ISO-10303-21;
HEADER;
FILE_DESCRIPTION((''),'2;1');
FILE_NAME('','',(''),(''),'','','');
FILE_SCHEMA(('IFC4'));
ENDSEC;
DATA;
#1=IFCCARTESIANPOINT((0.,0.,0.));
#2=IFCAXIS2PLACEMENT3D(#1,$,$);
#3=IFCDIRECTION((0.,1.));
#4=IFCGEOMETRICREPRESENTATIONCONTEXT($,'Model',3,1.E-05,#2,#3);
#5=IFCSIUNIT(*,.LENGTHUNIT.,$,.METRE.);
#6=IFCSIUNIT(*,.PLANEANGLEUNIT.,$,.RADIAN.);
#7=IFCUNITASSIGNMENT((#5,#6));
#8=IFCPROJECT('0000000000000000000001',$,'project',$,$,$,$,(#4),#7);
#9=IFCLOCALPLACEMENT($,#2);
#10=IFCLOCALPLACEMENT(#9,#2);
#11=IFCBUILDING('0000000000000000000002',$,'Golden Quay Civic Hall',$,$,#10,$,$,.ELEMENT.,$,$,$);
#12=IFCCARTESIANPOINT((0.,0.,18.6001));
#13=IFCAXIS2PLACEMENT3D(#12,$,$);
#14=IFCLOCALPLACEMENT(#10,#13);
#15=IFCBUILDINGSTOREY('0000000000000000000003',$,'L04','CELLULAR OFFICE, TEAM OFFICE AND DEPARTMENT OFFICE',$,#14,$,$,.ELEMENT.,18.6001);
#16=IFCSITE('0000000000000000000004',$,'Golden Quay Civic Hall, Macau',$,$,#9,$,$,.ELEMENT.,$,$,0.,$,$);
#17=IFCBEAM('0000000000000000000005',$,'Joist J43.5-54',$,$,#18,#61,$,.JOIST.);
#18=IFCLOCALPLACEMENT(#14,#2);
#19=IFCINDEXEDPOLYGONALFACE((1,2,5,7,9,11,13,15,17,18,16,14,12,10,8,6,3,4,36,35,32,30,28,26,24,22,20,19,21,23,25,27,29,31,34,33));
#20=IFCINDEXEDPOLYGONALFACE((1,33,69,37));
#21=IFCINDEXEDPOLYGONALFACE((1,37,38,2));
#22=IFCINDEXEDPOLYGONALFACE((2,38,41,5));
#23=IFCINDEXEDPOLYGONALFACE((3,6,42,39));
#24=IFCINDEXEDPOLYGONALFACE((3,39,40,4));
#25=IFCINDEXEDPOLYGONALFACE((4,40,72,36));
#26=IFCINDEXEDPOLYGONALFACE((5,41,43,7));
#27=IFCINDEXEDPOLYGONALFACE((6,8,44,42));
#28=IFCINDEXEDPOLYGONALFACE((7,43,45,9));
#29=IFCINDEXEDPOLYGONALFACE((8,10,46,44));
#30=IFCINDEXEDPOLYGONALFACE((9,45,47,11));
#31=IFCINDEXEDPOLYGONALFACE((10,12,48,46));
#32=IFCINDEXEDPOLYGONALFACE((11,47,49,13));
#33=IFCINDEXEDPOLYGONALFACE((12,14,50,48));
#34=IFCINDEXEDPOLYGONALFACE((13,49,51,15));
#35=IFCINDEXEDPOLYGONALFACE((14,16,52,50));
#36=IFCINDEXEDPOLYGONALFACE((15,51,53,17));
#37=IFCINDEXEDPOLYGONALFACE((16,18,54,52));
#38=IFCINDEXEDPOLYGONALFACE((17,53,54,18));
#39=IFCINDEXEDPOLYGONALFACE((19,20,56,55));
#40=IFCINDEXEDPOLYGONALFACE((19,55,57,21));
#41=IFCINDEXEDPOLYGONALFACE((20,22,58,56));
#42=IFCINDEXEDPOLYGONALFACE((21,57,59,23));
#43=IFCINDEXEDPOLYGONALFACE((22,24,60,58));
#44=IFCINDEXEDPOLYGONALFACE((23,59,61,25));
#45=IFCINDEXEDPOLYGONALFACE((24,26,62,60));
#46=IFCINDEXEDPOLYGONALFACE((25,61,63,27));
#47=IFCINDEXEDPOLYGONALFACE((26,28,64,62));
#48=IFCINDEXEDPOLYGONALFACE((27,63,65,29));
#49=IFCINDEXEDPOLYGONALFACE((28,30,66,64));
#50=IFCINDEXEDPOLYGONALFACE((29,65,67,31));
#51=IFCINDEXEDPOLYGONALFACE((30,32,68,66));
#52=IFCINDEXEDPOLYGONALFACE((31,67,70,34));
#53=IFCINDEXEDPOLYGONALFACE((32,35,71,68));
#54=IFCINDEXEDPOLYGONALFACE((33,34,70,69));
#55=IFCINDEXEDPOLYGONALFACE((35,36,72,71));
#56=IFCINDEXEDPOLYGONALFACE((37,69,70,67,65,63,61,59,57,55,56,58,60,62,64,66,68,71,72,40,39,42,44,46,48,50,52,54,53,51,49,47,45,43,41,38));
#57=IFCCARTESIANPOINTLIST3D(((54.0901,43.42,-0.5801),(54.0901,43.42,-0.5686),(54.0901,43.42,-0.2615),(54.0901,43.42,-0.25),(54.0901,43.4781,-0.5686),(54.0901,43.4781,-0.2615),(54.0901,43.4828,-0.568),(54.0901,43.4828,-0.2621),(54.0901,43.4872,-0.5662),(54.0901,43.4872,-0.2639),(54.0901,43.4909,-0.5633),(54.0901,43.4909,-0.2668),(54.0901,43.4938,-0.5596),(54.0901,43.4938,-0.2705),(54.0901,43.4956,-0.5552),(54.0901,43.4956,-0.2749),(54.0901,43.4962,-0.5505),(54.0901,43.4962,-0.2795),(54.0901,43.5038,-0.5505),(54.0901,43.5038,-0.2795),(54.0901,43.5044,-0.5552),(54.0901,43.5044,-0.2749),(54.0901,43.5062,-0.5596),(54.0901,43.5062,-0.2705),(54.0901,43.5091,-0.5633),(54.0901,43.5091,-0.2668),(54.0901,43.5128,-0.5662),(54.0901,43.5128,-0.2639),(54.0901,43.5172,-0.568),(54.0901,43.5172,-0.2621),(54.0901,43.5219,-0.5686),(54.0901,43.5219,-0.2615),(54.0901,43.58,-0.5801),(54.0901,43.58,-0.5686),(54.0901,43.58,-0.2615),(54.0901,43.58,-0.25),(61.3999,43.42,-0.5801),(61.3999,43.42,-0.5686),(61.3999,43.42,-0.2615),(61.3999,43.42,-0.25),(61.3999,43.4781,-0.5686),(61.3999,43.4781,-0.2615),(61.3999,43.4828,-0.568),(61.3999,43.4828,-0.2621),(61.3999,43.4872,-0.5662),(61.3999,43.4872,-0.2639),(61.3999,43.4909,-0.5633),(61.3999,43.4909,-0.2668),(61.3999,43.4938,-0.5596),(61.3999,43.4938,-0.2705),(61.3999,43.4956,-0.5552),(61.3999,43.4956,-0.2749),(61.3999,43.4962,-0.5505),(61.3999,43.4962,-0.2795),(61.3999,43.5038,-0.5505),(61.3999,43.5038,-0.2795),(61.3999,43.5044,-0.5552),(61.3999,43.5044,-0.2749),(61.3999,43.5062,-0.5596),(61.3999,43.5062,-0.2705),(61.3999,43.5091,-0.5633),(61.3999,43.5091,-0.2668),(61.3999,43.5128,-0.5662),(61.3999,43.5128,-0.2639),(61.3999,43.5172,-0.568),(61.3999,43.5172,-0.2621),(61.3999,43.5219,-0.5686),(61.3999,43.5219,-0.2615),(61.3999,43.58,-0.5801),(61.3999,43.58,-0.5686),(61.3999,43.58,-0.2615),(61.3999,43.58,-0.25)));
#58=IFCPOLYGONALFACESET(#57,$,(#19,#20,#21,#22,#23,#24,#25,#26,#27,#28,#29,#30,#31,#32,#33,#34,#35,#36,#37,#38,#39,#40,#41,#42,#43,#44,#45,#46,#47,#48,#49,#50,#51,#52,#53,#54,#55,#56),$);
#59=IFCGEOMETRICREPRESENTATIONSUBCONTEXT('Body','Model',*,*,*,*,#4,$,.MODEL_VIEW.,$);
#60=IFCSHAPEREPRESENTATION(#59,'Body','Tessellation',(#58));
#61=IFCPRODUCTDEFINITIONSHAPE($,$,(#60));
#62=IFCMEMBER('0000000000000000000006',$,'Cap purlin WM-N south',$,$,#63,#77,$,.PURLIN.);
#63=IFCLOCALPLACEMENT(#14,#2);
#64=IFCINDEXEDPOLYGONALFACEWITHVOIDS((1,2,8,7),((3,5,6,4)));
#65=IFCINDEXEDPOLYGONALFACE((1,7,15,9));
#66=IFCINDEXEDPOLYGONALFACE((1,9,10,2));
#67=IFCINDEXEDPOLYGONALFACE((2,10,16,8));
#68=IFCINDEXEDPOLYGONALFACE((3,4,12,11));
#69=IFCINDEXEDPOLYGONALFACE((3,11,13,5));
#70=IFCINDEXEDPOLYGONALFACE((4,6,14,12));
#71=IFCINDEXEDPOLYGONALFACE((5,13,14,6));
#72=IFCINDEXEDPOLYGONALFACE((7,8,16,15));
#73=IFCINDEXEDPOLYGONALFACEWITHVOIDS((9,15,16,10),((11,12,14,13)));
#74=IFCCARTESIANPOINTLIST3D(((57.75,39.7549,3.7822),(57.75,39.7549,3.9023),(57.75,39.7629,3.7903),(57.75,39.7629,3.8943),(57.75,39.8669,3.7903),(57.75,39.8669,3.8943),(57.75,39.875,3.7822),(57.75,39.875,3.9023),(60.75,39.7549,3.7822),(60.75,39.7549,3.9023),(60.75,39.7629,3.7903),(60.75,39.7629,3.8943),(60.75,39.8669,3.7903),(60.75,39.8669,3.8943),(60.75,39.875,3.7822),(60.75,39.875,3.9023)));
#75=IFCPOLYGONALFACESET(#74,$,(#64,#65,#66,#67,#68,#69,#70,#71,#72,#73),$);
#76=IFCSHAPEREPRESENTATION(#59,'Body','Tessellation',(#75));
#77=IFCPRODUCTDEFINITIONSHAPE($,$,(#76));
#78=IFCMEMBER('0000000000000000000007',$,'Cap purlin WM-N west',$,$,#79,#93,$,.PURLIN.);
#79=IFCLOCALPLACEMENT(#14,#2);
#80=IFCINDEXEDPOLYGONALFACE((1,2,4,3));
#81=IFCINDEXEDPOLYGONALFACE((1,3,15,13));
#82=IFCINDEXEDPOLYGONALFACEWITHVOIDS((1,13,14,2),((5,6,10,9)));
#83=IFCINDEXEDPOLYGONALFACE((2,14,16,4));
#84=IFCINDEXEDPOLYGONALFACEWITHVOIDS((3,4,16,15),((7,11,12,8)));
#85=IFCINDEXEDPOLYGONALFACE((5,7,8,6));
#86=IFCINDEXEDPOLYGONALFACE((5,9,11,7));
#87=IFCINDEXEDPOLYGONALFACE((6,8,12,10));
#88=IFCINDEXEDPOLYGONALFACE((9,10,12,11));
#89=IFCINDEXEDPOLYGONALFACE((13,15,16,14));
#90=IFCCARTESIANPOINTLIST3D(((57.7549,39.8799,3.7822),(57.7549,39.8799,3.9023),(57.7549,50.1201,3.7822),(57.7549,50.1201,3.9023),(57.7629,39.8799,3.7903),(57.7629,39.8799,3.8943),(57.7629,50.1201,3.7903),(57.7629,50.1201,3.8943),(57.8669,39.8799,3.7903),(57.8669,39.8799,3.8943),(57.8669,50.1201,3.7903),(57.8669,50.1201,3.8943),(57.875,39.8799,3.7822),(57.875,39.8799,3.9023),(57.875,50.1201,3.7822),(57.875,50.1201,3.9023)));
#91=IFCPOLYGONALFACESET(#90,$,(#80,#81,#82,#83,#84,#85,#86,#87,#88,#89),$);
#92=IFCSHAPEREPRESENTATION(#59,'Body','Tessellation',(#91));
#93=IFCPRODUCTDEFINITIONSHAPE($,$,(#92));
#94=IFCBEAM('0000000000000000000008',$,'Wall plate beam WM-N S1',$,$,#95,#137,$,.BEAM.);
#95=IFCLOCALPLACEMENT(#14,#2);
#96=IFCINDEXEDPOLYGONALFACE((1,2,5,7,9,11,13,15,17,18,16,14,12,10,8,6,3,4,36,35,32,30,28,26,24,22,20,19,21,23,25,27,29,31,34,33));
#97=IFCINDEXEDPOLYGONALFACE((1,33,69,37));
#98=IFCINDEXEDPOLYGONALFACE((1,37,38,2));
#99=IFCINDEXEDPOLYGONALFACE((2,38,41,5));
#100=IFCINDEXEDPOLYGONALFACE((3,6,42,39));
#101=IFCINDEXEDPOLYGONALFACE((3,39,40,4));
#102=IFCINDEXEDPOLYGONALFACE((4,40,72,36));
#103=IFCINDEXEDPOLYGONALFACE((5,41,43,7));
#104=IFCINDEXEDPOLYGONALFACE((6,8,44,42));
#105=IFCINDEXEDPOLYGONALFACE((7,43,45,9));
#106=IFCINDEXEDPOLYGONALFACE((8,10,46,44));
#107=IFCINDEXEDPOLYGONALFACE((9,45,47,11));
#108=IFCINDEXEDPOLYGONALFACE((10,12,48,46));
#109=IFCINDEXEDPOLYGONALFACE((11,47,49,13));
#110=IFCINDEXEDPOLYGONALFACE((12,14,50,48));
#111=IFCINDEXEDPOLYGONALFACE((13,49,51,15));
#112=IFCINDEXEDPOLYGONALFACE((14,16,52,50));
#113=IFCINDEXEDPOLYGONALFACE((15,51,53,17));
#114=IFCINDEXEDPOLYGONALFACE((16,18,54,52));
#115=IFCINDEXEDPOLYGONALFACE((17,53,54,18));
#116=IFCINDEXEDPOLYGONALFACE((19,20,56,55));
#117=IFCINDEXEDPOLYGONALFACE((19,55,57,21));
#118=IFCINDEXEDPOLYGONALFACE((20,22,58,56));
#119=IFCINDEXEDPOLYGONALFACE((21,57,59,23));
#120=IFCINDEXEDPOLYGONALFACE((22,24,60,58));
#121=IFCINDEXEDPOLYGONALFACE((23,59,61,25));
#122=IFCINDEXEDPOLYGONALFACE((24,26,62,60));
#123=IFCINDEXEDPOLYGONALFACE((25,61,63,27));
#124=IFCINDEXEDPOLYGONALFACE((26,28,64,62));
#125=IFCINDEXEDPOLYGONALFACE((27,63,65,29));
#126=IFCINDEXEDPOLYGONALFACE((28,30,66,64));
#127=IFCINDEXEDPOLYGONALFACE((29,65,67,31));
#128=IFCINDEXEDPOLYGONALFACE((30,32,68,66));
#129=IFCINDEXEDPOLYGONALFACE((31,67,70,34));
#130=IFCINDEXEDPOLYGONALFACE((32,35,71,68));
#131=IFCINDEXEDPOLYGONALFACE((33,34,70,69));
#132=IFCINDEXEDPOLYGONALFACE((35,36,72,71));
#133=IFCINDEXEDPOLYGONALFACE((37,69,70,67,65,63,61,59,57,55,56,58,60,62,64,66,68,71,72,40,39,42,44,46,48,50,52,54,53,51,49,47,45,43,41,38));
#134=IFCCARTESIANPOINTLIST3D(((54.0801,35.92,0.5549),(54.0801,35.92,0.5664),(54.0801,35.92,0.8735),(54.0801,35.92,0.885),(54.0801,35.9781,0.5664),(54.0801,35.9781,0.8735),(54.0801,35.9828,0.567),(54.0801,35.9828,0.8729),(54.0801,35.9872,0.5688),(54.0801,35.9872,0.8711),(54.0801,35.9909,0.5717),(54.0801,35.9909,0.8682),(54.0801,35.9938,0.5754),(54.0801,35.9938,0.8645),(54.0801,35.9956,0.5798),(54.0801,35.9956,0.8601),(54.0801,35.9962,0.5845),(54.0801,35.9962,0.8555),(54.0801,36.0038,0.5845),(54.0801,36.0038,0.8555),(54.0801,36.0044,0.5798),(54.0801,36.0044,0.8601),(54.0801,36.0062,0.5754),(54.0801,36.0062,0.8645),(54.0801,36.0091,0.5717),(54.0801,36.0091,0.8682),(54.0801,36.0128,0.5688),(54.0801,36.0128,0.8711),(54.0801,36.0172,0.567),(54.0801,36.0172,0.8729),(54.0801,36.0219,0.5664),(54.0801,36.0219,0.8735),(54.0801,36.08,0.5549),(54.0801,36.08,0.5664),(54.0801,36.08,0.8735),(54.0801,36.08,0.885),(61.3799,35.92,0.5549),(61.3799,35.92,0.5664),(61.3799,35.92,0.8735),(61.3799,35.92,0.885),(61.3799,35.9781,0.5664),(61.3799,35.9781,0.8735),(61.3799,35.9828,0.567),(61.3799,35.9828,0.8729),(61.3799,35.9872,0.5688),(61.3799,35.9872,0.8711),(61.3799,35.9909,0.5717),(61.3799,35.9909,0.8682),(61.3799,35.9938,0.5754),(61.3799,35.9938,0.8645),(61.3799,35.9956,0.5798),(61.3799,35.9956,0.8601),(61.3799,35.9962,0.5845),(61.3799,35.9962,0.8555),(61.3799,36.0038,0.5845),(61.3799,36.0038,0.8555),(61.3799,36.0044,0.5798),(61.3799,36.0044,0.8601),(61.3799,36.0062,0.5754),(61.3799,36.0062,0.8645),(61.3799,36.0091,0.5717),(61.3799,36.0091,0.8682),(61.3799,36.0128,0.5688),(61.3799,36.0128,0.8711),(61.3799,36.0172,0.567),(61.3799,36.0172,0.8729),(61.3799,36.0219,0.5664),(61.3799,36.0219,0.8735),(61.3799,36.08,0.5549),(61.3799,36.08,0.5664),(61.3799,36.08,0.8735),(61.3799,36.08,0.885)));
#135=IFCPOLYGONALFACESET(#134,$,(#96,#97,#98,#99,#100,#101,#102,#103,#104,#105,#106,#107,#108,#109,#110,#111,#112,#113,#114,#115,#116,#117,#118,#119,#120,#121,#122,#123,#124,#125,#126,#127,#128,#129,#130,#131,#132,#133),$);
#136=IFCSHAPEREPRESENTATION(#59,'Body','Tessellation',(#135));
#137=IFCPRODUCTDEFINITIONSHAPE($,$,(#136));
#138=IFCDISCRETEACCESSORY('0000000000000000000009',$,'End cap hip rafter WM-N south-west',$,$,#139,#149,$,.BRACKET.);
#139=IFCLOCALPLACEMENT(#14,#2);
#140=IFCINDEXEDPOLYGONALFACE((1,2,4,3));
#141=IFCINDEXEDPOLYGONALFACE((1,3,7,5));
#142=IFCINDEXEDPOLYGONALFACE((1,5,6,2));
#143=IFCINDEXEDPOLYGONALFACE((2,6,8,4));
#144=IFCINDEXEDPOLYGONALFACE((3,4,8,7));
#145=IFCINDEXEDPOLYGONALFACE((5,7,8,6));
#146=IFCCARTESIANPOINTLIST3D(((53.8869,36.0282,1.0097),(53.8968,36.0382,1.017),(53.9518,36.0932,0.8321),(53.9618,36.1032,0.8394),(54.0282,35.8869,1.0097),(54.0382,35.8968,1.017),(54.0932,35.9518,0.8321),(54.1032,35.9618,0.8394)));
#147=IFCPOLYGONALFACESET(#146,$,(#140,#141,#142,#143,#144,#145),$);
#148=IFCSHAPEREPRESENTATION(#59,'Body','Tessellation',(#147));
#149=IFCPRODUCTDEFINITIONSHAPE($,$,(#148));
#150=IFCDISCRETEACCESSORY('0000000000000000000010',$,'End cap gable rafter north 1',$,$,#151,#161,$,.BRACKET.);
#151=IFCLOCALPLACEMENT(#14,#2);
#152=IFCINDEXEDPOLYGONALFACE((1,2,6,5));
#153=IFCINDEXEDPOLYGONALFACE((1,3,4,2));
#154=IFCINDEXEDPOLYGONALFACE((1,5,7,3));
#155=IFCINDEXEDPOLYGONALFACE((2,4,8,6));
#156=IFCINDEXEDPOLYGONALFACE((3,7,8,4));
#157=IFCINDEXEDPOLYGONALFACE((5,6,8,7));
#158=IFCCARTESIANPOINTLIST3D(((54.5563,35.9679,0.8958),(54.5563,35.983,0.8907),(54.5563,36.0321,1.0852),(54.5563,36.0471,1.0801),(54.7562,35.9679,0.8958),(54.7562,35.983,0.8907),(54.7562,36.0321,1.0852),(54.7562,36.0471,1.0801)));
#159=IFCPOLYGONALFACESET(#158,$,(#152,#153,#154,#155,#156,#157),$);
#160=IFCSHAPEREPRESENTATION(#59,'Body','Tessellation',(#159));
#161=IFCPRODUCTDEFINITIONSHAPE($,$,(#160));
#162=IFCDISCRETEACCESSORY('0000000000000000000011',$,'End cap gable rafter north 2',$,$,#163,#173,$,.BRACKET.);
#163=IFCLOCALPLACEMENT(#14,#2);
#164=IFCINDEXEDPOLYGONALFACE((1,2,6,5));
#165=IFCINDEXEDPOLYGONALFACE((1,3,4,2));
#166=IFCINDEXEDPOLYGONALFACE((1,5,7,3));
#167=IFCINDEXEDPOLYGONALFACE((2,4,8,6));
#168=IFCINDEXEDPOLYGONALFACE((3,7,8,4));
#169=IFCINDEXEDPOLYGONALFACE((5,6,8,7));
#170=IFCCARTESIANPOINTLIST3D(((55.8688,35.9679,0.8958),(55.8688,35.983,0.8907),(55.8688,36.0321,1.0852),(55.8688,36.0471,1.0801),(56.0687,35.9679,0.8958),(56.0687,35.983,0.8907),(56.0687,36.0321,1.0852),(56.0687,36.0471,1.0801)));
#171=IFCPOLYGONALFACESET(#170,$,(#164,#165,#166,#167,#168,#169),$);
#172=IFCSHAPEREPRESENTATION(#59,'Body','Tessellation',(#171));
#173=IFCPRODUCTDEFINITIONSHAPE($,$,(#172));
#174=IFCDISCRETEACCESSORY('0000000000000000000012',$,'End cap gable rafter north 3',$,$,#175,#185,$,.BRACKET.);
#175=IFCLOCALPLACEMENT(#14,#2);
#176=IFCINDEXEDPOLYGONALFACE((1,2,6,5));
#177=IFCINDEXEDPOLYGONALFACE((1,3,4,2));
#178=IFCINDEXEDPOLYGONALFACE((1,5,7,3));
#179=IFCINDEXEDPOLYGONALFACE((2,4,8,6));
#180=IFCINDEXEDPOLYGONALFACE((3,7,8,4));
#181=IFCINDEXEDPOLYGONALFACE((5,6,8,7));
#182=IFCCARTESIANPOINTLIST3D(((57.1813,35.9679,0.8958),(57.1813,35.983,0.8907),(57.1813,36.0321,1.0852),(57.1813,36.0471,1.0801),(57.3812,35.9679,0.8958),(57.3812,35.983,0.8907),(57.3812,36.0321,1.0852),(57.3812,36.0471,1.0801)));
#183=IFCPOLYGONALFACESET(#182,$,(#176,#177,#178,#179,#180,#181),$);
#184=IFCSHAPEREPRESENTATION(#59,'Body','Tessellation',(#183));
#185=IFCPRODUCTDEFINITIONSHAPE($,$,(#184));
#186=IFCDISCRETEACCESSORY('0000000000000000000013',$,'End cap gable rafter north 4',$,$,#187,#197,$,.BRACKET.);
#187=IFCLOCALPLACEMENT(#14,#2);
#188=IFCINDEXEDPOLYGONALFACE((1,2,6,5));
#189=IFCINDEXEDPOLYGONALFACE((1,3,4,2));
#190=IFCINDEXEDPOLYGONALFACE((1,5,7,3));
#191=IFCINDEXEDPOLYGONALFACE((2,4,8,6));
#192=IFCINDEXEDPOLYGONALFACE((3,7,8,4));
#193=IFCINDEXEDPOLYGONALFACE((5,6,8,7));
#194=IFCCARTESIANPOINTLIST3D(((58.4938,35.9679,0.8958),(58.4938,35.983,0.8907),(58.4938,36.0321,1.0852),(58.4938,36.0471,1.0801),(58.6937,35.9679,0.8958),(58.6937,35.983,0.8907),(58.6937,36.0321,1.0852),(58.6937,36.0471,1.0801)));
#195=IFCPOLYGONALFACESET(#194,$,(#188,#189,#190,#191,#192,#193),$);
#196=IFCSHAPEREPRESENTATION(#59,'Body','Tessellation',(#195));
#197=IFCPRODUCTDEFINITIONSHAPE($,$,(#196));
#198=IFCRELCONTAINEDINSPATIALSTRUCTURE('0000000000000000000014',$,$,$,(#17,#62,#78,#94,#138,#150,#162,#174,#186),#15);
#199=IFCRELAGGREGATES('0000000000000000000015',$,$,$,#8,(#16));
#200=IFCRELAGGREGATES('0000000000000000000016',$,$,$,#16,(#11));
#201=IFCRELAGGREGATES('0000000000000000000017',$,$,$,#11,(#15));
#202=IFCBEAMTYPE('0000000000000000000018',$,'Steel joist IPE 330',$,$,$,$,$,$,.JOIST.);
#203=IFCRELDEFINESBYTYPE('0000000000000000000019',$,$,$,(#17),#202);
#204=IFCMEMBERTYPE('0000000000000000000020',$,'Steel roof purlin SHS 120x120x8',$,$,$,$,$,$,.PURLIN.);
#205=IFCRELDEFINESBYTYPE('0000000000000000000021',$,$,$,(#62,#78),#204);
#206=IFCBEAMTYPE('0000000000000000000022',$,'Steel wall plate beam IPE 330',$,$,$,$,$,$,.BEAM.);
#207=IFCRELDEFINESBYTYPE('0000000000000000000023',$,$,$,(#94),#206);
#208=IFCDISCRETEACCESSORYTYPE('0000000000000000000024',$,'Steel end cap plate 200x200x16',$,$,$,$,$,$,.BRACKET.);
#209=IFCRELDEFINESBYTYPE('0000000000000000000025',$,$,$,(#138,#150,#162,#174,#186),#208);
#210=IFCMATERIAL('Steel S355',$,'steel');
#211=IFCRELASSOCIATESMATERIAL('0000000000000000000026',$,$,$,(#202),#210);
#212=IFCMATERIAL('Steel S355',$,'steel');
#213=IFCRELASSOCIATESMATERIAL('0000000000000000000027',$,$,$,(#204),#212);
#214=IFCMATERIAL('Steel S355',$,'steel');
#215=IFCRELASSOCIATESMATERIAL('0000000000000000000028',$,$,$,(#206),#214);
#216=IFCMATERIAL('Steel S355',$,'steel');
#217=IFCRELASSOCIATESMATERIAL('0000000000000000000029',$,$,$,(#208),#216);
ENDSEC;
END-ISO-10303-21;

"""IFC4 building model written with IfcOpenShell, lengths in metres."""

from ifc_helpers import new_model, si_unit, direction, frame, origin, origin_2d, place, context, subcontext, project, spatial, rectangle, hollow_rectangle, i_section, extrude, material, material_profile, profile_set, type_object, element, save


model = new_model("IFC4")

# Units and contexts
model_context = context("Model", 3, precision=1e-05, world=origin(), true_north=direction((0.0, 1.0)))
body_context = subcontext(model_context, "Body", "Model", "MODEL_VIEW")
ifc_project = project(units=[si_unit("LENGTHUNIT", "METRE"), si_unit("PLANEANGLEUNIT", "RADIAN")], contexts=[model_context])

# Site, building, storey
site_placement = place(None, origin())
site = spatial("IfcSite", under=ifc_project, at=site_placement, Name="Golden Quay Civic Hall, Macau", CompositionType="ELEMENT", RefElevation=0.0)
building_placement = place(site_placement, origin())
building = spatial("IfcBuilding", under=site, at=building_placement, Name="Golden Quay Civic Hall", CompositionType="ELEMENT")
storey_placement = place(building_placement, frame((0.0, 0.0, 18.6001)))
storey = spatial("IfcBuildingStorey", under=building, at=storey_placement, Name="L04", Description="CELLULAR OFFICE, TEAM OFFICE AND DEPARTMENT OFFICE", CompositionType="ELEMENT", Elevation=18.6001)

# Beam
ifc_material_1 = material(Name="Steel S355", Category="steel")
ifc_material_profile_1 = material_profile(ifc_material_1, i_section(OverallWidth=0.1599, OverallDepth=0.3301, WebThickness=0.0076, FlangeThickness=0.0115, FilletRadius=0.0181, at=origin_2d()), Name="IPE 330")
ifc_profile_set_1 = profile_set([ifc_material_profile_1], Name="Steel S355")
beam_type_1 = type_object("IfcBeamType", Name="Steel joist IPE 330", PredefinedType="JOIST", material=ifc_profile_set_1)
for number, where, z_axis, x_axis, name in (
    (1, (54.0901, 43.5, -0.415), (1.0, 0.0, 0.0), (0.0, 1.0, 0.0), "Joist J43.5-54"),
):
    element("IfcBeam", number, at=place(storey_placement, frame(where, z_axis=z_axis, x_axis=x_axis)), inside=storey, type_object=beam_type_1, Name=name, PredefinedType="JOIST", context=body_context, shape_type="SweptSolid", body=[
        extrude(i_section(OverallWidth=0.1599, OverallDepth=0.3301, WebThickness=0.0076, FlangeThickness=0.0115, FilletRadius=0.0181, at=origin_2d()), origin(), (0.0, 0.0, 1.0), 7.3098),
    ])

# Members
ifc_material_2 = material(Name="Steel S355", Category="steel")
ifc_material_profile_2 = material_profile(ifc_material_2, hollow_rectangle(XDim=0.1201, YDim=0.1201, WallThickness=0.0081, at=origin_2d()), Name="SHS 120x120x8")
ifc_profile_set_2 = profile_set([ifc_material_profile_2], Name="Steel S355")
member_type_1 = type_object("IfcMemberType", Name="Steel roof purlin SHS 120x120x8", PredefinedType="PURLIN", material=ifc_profile_set_2)
member_1_placement = place(storey_placement, frame((57.75, 39.8149, 3.8423), z_axis=(1.0, 0.0, 0.0), x_axis=(0.0, 1.0, 0.0)))
element("IfcMember", 2, at=member_1_placement, inside=storey, type_object=member_type_1, Name="Cap purlin WM-N south", PredefinedType="PURLIN", context=body_context, shape_type="SweptSolid", body=[
    extrude(hollow_rectangle(XDim=0.1201, YDim=0.1201, WallThickness=0.0081, at=origin_2d()), origin(), (0.0, 0.0, 1.0), 3.0),
])
member_2_placement = place(storey_placement, frame((57.8149, 39.8799, 3.8423), z_axis=(0.0, 1.0, 0.0), x_axis=(-1.0, 0.0, 0.0)))
element("IfcMember", 3, at=member_2_placement, inside=storey, type_object=member_type_1, Name="Cap purlin WM-N west", PredefinedType="PURLIN", context=body_context, shape_type="SweptSolid", body=[
    extrude(hollow_rectangle(XDim=0.1201, YDim=0.1201, WallThickness=0.0081, at=origin_2d()), origin(), (0.0, 0.0, 1.0), 10.2402),
])

# Beam
ifc_material_3 = material(Name="Steel S355", Category="steel")
ifc_material_profile_3 = material_profile(ifc_material_3, i_section(OverallWidth=0.1599, OverallDepth=0.3301, WebThickness=0.0076, FlangeThickness=0.0115, FilletRadius=0.0181, at=origin_2d()), Name="IPE 330")
ifc_profile_set_3 = profile_set([ifc_material_profile_3], Name="Steel S355")
beam_type_2 = type_object("IfcBeamType", Name="Steel wall plate beam IPE 330", PredefinedType="BEAM", material=ifc_profile_set_3)
beam_1_placement = place(storey_placement, frame((54.0801, 36.0, 0.72), z_axis=(1.0, 0.0, 0.0), x_axis=(0.0, 1.0, 0.0)))
element("IfcBeam", 4, at=beam_1_placement, inside=storey, type_object=beam_type_2, Name="Wall plate beam WM-N S1", PredefinedType="BEAM", context=body_context, shape_type="SweptSolid", body=[
    extrude(i_section(OverallWidth=0.1599, OverallDepth=0.3301, WebThickness=0.0076, FlangeThickness=0.0115, FilletRadius=0.0181, at=origin_2d()), origin(), (0.0, 0.0, 1.0), 7.2998),
])

# Discrete accessories
ifc_material_4 = material(Name="Steel S355", Category="steel")
ifc_material_profile_4 = material_profile(ifc_material_4, rectangle(XDim=0.2, YDim=0.2, at=origin_2d()), Name="Steel end cap plate 200x200x16")
ifc_profile_set_4 = profile_set([ifc_material_profile_4], Name="Steel S355")
discrete_accessory_type = type_object("IfcDiscreteAccessoryType", Name="Steel end cap plate 200x200x16", PredefinedType="BRACKET", material=ifc_profile_set_4)
for number, where, z_axis, x_axis, name in (
    (5, (54.0, 36.0, 0.9282), (-0.628025, -0.628025, -0.459531), (0.707107, -0.707107, 0.0), "End cap hip rafter WM-N south-west"),
    (6, (54.6562, 36.0, 0.9905), (0.0, 0.947145, -0.320807), (-1.0, 0.0, 0.0), "End cap gable rafter north 1"),
    (7, (55.9688, 36.0, 0.9905), (0.0, 0.947145, -0.320807), (-1.0, 0.0, 0.0), "End cap gable rafter north 2"),
    (8, (57.2812, 36.0, 0.9905), (0.0, 0.947145, -0.320807), (-1.0, 0.0, 0.0), "End cap gable rafter north 3"),
    (9, (58.5938, 36.0, 0.9905), (0.0, 0.947145, -0.320807), (-1.0, 0.0, 0.0), "End cap gable rafter north 4"),
):
    element("IfcDiscreteAccessory", number, at=place(storey_placement, frame(where, z_axis=z_axis, x_axis=x_axis)), inside=storey, type_object=discrete_accessory_type, Name=name, PredefinedType="BRACKET", context=body_context, shape_type="SweptSolid", body=[
        extrude(rectangle(XDim=0.2, YDim=0.2, at=origin_2d()), origin(), (0.0, 0.0, 1.0), 0.0159),
    ])

save(model, "model.ifc")
